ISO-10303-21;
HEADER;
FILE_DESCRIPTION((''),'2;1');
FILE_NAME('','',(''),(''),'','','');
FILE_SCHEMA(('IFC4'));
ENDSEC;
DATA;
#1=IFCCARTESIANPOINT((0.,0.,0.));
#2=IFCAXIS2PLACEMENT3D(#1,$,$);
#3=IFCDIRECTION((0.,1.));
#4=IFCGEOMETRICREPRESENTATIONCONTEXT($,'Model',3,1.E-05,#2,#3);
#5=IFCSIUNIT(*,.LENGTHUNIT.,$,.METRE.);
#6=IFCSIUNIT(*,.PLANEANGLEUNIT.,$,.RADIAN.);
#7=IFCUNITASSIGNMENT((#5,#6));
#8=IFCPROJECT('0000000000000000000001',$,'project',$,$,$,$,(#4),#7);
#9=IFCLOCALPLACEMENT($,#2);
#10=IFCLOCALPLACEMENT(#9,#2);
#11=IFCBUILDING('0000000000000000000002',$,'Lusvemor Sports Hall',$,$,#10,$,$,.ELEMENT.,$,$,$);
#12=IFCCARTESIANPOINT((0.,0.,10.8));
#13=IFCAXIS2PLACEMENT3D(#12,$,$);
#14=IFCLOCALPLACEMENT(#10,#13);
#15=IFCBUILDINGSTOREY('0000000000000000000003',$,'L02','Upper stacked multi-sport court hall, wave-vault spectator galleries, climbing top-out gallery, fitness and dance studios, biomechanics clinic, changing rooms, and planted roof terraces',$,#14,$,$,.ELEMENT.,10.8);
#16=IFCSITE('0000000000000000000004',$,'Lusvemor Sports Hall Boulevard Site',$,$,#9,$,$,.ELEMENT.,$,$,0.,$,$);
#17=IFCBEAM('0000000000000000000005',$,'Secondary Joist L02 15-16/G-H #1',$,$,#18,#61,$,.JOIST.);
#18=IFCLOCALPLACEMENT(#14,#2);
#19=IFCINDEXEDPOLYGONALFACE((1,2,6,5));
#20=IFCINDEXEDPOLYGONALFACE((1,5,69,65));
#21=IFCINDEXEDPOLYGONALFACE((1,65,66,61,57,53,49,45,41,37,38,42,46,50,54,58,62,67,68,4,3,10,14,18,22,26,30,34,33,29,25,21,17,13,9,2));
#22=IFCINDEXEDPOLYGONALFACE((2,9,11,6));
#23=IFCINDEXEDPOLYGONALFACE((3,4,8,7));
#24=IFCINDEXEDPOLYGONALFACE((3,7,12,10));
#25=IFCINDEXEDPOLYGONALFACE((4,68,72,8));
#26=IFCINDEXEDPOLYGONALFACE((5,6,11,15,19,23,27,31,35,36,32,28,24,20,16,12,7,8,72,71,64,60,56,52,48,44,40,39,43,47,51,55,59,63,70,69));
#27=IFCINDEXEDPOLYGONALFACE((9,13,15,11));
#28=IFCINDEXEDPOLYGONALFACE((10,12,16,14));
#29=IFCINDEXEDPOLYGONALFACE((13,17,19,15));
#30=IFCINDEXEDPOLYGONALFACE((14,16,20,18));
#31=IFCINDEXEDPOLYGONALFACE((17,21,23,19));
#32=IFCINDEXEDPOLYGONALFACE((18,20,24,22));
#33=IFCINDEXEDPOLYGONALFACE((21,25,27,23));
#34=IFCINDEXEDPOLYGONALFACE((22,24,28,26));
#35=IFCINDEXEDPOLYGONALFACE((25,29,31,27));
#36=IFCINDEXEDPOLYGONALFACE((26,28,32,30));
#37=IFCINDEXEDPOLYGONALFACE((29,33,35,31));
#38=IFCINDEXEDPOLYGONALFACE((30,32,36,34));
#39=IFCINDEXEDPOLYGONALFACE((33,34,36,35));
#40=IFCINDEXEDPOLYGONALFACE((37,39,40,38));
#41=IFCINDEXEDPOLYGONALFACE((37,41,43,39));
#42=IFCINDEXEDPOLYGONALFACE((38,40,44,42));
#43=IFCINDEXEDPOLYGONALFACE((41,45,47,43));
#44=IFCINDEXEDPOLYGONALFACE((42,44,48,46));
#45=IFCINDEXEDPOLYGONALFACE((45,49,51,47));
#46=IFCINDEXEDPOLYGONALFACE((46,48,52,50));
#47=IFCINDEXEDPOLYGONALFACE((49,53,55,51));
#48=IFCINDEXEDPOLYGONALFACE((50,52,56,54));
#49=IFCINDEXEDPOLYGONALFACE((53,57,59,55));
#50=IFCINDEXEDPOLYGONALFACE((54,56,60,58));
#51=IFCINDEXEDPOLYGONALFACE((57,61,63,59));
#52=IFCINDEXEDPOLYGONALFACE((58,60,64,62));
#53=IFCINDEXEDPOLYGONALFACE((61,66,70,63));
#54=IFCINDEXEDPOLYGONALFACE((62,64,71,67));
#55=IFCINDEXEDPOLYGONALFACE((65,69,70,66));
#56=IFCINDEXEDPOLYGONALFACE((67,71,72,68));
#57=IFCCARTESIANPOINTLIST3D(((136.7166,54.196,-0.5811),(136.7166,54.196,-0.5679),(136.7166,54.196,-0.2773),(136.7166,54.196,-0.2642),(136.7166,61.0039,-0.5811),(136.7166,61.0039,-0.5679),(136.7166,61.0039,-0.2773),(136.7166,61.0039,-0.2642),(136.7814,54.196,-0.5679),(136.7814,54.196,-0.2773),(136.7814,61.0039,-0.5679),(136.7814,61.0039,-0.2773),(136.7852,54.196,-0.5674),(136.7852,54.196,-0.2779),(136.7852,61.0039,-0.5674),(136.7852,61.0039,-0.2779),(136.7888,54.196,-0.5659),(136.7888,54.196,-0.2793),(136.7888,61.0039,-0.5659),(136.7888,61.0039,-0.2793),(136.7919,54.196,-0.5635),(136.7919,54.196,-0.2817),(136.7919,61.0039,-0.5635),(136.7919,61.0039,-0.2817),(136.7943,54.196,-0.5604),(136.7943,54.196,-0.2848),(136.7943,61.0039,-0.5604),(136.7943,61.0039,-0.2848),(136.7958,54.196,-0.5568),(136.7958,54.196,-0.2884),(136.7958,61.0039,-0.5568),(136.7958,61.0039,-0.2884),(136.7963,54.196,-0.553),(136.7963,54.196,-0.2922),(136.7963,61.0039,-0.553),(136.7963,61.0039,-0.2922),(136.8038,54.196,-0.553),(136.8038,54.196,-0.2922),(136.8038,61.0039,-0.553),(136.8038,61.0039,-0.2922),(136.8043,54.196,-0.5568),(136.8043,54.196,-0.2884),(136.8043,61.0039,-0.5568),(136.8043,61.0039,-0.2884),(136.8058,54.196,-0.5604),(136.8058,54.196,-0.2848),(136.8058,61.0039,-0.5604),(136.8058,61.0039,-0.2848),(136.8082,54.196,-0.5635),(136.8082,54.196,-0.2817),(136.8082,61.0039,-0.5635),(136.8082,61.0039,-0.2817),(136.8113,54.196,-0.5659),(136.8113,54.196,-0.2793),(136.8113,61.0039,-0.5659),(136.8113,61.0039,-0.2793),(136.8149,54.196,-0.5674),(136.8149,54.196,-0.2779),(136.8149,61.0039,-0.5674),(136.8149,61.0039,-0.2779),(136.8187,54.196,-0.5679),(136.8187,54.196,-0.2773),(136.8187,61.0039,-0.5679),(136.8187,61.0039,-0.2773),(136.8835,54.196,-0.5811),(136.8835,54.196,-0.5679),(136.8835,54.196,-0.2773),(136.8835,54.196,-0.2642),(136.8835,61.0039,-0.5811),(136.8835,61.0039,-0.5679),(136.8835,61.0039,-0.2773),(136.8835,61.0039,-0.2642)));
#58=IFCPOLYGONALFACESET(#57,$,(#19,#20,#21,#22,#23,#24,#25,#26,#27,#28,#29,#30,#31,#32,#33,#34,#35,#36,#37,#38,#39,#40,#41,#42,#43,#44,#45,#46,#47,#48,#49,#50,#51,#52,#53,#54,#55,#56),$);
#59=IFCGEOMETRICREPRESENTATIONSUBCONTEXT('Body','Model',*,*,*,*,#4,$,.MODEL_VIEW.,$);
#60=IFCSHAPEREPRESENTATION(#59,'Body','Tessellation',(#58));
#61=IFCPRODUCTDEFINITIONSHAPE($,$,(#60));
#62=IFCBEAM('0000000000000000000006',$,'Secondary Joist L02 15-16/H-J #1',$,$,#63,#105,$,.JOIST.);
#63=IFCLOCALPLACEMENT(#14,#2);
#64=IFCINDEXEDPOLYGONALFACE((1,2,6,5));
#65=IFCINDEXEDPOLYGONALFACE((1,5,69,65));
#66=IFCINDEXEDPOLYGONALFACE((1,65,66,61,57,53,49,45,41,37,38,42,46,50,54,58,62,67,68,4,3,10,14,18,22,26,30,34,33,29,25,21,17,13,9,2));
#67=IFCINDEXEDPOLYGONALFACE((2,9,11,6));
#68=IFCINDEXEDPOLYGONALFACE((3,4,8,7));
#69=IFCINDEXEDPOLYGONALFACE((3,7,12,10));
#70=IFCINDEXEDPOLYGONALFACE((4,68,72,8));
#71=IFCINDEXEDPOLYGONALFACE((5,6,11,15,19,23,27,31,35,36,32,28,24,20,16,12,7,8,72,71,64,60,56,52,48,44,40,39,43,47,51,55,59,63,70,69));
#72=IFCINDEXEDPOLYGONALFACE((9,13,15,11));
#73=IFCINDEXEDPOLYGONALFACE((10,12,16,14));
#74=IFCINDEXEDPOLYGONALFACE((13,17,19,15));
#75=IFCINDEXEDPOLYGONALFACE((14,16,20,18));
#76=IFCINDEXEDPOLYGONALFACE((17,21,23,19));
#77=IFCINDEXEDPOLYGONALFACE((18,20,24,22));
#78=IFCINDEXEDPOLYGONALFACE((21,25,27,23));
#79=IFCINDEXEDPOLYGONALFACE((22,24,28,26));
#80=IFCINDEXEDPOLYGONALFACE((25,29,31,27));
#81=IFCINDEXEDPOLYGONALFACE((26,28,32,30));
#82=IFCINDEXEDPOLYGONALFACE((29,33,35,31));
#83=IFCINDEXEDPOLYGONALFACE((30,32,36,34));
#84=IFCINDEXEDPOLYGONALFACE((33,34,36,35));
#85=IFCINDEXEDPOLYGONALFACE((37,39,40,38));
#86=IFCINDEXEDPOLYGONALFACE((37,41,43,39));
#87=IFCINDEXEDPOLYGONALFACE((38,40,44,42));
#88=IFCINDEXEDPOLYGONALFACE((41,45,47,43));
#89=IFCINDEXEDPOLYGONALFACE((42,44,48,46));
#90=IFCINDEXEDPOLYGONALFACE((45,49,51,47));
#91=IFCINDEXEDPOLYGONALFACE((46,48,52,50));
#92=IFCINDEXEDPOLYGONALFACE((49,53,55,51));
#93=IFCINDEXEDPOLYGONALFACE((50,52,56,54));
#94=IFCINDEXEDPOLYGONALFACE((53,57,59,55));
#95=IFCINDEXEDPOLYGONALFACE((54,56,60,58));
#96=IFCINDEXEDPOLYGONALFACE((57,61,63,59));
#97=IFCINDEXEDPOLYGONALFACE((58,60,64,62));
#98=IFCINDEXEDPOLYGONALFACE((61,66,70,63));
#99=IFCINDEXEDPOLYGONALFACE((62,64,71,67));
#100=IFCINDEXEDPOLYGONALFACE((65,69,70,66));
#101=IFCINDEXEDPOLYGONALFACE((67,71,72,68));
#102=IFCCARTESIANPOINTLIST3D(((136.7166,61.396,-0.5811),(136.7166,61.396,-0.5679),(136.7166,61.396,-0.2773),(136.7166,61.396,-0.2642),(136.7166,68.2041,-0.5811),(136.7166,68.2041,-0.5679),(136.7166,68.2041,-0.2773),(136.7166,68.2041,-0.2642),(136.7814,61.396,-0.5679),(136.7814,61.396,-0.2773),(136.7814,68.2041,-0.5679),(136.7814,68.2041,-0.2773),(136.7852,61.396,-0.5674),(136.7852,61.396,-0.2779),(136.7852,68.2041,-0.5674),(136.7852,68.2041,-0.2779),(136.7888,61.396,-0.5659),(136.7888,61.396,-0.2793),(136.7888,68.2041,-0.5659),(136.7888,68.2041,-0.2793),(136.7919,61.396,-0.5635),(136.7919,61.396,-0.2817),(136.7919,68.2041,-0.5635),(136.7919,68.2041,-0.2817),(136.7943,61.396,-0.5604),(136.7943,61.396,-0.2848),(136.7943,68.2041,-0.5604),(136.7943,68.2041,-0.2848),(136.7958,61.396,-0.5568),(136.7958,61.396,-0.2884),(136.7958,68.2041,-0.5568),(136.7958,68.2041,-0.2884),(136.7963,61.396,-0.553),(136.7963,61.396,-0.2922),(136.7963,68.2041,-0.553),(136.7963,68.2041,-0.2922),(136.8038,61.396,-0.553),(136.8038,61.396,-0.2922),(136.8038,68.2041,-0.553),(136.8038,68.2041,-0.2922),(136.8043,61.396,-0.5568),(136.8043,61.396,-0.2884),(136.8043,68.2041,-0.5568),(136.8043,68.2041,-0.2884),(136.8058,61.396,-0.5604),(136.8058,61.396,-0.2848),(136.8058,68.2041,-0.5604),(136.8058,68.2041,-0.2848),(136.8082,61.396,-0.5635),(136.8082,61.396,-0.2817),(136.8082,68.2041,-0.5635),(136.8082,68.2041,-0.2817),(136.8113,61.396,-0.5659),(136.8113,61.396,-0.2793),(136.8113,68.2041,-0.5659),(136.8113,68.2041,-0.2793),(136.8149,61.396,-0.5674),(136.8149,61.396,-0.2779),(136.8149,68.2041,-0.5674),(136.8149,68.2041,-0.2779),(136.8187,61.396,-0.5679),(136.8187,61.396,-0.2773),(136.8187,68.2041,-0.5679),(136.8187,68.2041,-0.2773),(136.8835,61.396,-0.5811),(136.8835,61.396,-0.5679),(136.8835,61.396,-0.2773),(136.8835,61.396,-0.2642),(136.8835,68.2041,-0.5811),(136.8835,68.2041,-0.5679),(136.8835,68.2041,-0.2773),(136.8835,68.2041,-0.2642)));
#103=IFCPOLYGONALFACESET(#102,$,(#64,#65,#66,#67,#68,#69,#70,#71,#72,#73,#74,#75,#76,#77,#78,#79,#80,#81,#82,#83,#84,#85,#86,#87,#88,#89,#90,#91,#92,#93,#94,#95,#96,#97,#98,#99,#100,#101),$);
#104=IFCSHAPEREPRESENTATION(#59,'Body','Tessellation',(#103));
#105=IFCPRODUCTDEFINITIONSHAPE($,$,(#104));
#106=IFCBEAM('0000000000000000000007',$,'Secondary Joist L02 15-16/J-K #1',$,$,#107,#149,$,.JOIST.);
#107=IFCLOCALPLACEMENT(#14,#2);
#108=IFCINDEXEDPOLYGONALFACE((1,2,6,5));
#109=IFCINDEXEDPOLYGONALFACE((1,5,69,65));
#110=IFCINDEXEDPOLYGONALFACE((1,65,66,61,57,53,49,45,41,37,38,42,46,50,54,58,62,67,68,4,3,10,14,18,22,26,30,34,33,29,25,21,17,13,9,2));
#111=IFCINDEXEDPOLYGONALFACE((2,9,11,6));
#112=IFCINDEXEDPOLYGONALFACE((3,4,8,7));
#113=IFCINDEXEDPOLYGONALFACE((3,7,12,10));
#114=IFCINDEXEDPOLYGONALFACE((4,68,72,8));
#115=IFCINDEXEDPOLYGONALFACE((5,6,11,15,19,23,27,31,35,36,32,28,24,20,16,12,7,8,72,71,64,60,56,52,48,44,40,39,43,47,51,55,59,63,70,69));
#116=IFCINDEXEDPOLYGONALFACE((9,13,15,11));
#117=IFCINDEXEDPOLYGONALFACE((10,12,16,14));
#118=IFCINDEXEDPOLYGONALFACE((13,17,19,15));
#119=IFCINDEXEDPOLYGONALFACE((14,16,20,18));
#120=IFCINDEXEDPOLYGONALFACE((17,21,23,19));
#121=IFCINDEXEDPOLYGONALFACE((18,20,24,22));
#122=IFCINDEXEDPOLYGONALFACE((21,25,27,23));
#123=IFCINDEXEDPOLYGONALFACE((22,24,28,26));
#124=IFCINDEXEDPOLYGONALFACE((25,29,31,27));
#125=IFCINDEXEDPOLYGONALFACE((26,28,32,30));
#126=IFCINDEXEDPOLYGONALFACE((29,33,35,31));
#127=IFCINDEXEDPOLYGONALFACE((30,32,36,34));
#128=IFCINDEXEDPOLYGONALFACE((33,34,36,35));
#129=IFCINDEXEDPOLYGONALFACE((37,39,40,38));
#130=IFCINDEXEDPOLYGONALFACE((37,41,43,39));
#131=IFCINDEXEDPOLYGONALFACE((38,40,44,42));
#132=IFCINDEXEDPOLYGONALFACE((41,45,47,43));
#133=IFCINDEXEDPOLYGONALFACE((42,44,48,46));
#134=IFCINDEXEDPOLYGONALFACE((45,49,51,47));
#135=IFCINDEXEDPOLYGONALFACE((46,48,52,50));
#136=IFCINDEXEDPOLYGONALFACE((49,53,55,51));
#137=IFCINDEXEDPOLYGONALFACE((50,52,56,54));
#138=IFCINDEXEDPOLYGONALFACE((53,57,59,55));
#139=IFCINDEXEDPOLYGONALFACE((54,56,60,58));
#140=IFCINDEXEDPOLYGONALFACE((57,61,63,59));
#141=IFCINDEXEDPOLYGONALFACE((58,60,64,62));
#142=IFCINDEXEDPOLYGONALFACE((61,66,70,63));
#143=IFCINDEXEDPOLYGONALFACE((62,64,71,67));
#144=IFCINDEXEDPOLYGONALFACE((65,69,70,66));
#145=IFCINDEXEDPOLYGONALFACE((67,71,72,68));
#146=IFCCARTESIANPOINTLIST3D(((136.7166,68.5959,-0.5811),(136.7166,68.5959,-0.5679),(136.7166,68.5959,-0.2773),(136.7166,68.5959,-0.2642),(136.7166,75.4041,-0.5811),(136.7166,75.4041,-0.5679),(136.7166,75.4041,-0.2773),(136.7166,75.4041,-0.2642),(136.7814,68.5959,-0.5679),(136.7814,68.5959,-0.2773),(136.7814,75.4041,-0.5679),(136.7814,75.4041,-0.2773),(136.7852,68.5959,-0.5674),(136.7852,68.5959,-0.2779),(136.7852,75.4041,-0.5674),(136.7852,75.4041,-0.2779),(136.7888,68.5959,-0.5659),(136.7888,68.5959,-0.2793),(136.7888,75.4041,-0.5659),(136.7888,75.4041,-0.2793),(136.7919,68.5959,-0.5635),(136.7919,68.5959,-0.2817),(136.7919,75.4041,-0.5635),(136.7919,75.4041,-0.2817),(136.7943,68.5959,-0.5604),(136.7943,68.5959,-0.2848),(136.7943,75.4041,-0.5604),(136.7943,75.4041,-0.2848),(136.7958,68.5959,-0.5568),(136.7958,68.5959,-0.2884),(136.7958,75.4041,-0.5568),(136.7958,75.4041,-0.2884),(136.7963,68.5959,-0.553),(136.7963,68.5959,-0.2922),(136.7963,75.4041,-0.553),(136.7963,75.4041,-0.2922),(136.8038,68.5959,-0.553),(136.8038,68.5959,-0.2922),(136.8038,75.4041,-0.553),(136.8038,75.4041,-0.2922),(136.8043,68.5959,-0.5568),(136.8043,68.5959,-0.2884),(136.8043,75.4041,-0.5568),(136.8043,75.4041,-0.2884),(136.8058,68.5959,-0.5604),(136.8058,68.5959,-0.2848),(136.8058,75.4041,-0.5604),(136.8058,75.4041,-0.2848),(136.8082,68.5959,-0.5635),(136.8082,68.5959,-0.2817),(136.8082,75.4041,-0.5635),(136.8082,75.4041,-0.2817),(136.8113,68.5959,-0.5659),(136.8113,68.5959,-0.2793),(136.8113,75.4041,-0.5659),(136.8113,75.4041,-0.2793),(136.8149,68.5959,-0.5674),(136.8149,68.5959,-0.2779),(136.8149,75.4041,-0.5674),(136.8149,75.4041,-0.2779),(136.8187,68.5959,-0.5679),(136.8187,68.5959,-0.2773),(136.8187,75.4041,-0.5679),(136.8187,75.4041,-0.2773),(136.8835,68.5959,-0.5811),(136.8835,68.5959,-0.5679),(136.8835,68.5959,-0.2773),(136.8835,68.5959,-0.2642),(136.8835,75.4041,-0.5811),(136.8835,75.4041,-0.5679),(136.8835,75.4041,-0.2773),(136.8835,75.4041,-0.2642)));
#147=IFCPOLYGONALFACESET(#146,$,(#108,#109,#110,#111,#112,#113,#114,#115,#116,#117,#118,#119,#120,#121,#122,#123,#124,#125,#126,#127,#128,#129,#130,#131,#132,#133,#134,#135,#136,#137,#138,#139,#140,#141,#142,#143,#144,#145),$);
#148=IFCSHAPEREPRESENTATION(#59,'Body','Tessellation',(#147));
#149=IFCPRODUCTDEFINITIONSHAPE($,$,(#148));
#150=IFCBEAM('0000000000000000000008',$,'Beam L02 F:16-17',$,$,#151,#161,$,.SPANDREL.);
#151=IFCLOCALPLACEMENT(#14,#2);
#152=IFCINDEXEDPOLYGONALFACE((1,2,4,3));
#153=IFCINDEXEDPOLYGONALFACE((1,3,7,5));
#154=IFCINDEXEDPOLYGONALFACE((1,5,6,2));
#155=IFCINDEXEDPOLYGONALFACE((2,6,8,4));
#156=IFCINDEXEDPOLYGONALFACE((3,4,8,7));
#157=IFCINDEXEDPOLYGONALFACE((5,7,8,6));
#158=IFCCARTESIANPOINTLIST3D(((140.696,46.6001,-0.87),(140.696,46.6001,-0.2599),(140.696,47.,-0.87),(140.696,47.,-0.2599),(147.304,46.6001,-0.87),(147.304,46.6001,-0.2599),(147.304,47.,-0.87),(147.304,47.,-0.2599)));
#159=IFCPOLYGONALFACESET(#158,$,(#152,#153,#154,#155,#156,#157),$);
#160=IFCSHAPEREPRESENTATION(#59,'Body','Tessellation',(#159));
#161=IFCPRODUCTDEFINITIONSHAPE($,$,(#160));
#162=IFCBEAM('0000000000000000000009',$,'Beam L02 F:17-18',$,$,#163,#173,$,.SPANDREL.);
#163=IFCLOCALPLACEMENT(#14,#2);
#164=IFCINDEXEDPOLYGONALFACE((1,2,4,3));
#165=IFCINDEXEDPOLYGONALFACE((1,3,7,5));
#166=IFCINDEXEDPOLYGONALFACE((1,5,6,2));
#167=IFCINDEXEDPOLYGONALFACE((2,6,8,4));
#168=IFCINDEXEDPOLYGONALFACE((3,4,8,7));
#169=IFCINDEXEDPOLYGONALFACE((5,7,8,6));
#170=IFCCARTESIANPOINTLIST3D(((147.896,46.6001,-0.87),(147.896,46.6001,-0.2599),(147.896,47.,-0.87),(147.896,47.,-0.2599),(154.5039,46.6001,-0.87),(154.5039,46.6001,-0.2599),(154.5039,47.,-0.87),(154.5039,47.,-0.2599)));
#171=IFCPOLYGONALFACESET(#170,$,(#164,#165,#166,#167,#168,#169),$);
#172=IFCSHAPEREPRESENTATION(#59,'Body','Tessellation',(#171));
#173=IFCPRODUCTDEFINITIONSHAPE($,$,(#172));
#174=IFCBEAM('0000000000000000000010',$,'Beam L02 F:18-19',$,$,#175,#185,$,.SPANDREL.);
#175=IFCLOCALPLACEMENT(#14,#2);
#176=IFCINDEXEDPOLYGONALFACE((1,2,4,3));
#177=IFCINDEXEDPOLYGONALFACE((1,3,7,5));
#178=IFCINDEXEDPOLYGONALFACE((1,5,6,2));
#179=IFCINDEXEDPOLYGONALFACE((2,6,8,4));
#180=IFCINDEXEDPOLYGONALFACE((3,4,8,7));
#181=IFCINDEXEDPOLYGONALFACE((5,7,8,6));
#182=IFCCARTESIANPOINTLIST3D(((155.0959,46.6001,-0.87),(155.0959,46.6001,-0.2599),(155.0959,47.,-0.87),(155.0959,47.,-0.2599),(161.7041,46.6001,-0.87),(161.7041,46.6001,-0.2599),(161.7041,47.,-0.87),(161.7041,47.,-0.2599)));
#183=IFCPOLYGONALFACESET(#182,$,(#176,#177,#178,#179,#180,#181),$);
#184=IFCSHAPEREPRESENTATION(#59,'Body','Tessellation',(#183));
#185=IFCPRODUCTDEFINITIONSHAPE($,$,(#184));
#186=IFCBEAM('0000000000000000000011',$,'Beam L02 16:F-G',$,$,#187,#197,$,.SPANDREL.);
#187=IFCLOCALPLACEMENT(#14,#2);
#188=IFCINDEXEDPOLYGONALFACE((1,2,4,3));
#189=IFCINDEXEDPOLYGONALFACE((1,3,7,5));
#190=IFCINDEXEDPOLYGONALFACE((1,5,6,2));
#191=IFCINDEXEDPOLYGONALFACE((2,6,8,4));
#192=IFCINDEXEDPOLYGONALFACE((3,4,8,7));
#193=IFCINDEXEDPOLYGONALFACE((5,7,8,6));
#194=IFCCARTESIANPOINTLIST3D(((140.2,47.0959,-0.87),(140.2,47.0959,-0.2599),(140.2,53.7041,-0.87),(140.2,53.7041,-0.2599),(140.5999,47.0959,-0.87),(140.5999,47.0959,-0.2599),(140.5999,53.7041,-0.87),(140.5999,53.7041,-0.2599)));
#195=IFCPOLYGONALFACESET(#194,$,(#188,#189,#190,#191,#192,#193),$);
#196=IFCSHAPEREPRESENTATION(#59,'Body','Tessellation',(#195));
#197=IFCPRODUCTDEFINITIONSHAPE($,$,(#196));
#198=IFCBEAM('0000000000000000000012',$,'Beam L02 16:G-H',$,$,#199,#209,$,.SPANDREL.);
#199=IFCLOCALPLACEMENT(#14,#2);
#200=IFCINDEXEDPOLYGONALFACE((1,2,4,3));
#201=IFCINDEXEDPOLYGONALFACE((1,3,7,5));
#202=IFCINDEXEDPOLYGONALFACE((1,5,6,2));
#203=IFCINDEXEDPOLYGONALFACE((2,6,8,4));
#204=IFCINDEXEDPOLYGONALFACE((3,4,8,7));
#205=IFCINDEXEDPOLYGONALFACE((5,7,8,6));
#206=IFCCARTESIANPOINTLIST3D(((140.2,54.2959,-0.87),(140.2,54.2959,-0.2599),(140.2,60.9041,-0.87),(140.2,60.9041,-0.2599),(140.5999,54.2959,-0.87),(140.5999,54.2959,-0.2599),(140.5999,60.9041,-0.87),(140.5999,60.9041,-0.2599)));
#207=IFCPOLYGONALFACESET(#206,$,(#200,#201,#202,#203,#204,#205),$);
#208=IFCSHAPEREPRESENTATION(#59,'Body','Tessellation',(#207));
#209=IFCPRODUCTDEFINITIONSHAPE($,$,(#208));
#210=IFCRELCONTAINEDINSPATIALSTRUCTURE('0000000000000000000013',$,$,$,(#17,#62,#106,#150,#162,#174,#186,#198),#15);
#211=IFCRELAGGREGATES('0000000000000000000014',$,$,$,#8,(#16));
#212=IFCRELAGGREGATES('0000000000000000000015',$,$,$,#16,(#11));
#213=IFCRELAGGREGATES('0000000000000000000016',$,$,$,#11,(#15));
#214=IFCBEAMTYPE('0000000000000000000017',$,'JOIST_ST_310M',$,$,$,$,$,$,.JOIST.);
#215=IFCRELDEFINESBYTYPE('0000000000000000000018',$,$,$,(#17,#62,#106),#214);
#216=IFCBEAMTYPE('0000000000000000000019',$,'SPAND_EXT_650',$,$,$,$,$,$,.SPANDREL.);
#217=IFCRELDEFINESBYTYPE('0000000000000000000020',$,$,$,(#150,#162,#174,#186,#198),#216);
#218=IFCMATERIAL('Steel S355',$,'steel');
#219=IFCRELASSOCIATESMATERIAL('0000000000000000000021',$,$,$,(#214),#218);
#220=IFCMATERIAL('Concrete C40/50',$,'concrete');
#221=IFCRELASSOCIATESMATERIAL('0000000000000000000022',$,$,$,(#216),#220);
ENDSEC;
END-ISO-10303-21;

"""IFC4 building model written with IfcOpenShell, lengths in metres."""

from ifc_helpers import new_model, si_unit, direction, frame, origin, origin_2d, place, context, subcontext, project, spatial, rectangle, i_section, extrude, material, material_profile, profile_set, type_object, element, save


model = new_model("IFC4")

# Units and contexts
model_context = context("Model", 3, precision=1e-05, world=origin(), true_north=direction((0.0, 1.0)))
body_context = subcontext(model_context, "Body", "Model", "MODEL_VIEW")
ifc_project = project(units=[si_unit("LENGTHUNIT", "METRE"), si_unit("PLANEANGLEUNIT", "RADIAN")], contexts=[model_context])

# Site, building, storey
site_placement = place(None, origin())
site = spatial("IfcSite", under=ifc_project, at=site_placement, Name="Lusvemor Sports Hall Boulevard Site", CompositionType="ELEMENT", RefElevation=0.0)
building_placement = place(site_placement, origin())
building = spatial("IfcBuilding", under=site, at=building_placement, Name="Lusvemor Sports Hall", CompositionType="ELEMENT")
storey_placement = place(building_placement, frame((0.0, 0.0, 10.8)))
storey = spatial("IfcBuildingStorey", under=building, at=storey_placement, Name="L02", Description="Upper stacked multi-sport court hall, wave-vault spectator galleries, climbing top-out gallery, fitness and dance studios, biomechanics clinic, changing rooms, and planted roof terraces", CompositionType="ELEMENT", Elevation=10.8)

# Beams
ifc_material_1 = material(Name="Steel S355", Category="steel")
ifc_material_profile_1 = material_profile(ifc_material_1, i_section(OverallWidth=0.167, OverallDepth=0.3169, WebThickness=0.0076, FlangeThickness=0.0132, FilletRadius=0.0149, at=origin_2d()), Name="W310x52.0")
ifc_profile_set_1 = profile_set([ifc_material_profile_1], Name="Steel S355")
beam_type_1 = type_object("IfcBeamType", Name="JOIST_ST_310M", PredefinedType="JOIST", material=ifc_profile_set_1)
for number, where, z_axis, x_axis, name in (
    (1, (136.8, 54.196, -0.4226), (0.0, 1.0, 0.0), (-1.0, 0.0, 0.0), "Secondary Joist L02 15-16/G-H #1"),
):
    element("IfcBeam", number, at=place(storey_placement, frame(where, z_axis=z_axis, x_axis=x_axis)), inside=storey, type_object=beam_type_1, Name=name, PredefinedType="JOIST", context=body_context, shape_type="SweptSolid", body=[
        extrude(i_section(OverallWidth=0.167, OverallDepth=0.3169, WebThickness=0.0076, FlangeThickness=0.0132, FilletRadius=0.0149, at=origin_2d()), origin(), (0.0, 0.0, 1.0), 6.8079),
    ])
for number, where, z_axis, x_axis, name in (
    (2, (136.8, 61.396, -0.4226), (0.0, 1.0, 0.0), (-1.0, 0.0, 0.0), "Secondary Joist L02 15-16/H-J #1"),
    (3, (136.8, 68.5959, -0.4226), (0.0, 1.0, 0.0), (-1.0, 0.0, 0.0), "Secondary Joist L02 15-16/J-K #1"),
):
    element("IfcBeam", number, at=place(storey_placement, frame(where, z_axis=z_axis, x_axis=x_axis)), inside=storey, type_object=beam_type_1, Name=name, PredefinedType="JOIST", context=body_context, shape_type="SweptSolid", body=[
        extrude(i_section(OverallWidth=0.167, OverallDepth=0.3169, WebThickness=0.0076, FlangeThickness=0.0132, FilletRadius=0.0149, at=origin_2d()), origin(), (0.0, 0.0, 1.0), 6.8081),
    ])
ifc_material_2 = material(Name="Concrete C40/50", Category="concrete")
ifc_material_profile_2 = material_profile(ifc_material_2, rectangle(XDim=0.3999, YDim=0.6101, at=origin_2d()), Name="RC400x610")
ifc_profile_set_2 = profile_set([ifc_material_profile_2], Name="Concrete C40/50")
beam_type_2 = type_object("IfcBeamType", Name="SPAND_EXT_650", PredefinedType="SPANDREL", material=ifc_profile_set_2)
for number, where, z_axis, x_axis, name in (
    (4, (140.696, 46.8, -0.5649), (1.0, 0.0, 0.0), (0.0, 1.0, 0.0), "Beam L02 F:16-17"),
    (5, (147.896, 46.8, -0.5649), (1.0, 0.0, 0.0), (0.0, 1.0, 0.0), "Beam L02 F:17-18"),
):
    element("IfcBeam", number, at=place(storey_placement, frame(where, z_axis=z_axis, x_axis=x_axis)), inside=storey, type_object=beam_type_2, Name=name, PredefinedType="SPANDREL", context=body_context, shape_type="SweptSolid", body=[
        extrude(rectangle(XDim=0.3999, YDim=0.6101, at=origin_2d()), origin(), (0.0, 0.0, 1.0), 6.6079),
    ])
for number, where, z_axis, x_axis, name in (
    (6, (155.0959, 46.8, -0.5649), (1.0, 0.0, 0.0), (0.0, 1.0, 0.0), "Beam L02 F:18-19"),
    (7, (140.3999, 47.0959, -0.5649), (0.0, 1.0, 0.0), (-1.0, 0.0, 0.0), "Beam L02 16:F-G"),
    (8, (140.3999, 54.2959, -0.5649), (0.0, 1.0, 0.0), (-1.0, 0.0, 0.0), "Beam L02 16:G-H"),
):
    element("IfcBeam", number, at=place(storey_placement, frame(where, z_axis=z_axis, x_axis=x_axis)), inside=storey, type_object=beam_type_2, Name=name, PredefinedType="SPANDREL", context=body_context, shape_type="SweptSolid", body=[
        extrude(rectangle(XDim=0.3999, YDim=0.6101, at=origin_2d()), origin(), (0.0, 0.0, 1.0), 6.6082),
    ])

save(model, "model.ifc")
